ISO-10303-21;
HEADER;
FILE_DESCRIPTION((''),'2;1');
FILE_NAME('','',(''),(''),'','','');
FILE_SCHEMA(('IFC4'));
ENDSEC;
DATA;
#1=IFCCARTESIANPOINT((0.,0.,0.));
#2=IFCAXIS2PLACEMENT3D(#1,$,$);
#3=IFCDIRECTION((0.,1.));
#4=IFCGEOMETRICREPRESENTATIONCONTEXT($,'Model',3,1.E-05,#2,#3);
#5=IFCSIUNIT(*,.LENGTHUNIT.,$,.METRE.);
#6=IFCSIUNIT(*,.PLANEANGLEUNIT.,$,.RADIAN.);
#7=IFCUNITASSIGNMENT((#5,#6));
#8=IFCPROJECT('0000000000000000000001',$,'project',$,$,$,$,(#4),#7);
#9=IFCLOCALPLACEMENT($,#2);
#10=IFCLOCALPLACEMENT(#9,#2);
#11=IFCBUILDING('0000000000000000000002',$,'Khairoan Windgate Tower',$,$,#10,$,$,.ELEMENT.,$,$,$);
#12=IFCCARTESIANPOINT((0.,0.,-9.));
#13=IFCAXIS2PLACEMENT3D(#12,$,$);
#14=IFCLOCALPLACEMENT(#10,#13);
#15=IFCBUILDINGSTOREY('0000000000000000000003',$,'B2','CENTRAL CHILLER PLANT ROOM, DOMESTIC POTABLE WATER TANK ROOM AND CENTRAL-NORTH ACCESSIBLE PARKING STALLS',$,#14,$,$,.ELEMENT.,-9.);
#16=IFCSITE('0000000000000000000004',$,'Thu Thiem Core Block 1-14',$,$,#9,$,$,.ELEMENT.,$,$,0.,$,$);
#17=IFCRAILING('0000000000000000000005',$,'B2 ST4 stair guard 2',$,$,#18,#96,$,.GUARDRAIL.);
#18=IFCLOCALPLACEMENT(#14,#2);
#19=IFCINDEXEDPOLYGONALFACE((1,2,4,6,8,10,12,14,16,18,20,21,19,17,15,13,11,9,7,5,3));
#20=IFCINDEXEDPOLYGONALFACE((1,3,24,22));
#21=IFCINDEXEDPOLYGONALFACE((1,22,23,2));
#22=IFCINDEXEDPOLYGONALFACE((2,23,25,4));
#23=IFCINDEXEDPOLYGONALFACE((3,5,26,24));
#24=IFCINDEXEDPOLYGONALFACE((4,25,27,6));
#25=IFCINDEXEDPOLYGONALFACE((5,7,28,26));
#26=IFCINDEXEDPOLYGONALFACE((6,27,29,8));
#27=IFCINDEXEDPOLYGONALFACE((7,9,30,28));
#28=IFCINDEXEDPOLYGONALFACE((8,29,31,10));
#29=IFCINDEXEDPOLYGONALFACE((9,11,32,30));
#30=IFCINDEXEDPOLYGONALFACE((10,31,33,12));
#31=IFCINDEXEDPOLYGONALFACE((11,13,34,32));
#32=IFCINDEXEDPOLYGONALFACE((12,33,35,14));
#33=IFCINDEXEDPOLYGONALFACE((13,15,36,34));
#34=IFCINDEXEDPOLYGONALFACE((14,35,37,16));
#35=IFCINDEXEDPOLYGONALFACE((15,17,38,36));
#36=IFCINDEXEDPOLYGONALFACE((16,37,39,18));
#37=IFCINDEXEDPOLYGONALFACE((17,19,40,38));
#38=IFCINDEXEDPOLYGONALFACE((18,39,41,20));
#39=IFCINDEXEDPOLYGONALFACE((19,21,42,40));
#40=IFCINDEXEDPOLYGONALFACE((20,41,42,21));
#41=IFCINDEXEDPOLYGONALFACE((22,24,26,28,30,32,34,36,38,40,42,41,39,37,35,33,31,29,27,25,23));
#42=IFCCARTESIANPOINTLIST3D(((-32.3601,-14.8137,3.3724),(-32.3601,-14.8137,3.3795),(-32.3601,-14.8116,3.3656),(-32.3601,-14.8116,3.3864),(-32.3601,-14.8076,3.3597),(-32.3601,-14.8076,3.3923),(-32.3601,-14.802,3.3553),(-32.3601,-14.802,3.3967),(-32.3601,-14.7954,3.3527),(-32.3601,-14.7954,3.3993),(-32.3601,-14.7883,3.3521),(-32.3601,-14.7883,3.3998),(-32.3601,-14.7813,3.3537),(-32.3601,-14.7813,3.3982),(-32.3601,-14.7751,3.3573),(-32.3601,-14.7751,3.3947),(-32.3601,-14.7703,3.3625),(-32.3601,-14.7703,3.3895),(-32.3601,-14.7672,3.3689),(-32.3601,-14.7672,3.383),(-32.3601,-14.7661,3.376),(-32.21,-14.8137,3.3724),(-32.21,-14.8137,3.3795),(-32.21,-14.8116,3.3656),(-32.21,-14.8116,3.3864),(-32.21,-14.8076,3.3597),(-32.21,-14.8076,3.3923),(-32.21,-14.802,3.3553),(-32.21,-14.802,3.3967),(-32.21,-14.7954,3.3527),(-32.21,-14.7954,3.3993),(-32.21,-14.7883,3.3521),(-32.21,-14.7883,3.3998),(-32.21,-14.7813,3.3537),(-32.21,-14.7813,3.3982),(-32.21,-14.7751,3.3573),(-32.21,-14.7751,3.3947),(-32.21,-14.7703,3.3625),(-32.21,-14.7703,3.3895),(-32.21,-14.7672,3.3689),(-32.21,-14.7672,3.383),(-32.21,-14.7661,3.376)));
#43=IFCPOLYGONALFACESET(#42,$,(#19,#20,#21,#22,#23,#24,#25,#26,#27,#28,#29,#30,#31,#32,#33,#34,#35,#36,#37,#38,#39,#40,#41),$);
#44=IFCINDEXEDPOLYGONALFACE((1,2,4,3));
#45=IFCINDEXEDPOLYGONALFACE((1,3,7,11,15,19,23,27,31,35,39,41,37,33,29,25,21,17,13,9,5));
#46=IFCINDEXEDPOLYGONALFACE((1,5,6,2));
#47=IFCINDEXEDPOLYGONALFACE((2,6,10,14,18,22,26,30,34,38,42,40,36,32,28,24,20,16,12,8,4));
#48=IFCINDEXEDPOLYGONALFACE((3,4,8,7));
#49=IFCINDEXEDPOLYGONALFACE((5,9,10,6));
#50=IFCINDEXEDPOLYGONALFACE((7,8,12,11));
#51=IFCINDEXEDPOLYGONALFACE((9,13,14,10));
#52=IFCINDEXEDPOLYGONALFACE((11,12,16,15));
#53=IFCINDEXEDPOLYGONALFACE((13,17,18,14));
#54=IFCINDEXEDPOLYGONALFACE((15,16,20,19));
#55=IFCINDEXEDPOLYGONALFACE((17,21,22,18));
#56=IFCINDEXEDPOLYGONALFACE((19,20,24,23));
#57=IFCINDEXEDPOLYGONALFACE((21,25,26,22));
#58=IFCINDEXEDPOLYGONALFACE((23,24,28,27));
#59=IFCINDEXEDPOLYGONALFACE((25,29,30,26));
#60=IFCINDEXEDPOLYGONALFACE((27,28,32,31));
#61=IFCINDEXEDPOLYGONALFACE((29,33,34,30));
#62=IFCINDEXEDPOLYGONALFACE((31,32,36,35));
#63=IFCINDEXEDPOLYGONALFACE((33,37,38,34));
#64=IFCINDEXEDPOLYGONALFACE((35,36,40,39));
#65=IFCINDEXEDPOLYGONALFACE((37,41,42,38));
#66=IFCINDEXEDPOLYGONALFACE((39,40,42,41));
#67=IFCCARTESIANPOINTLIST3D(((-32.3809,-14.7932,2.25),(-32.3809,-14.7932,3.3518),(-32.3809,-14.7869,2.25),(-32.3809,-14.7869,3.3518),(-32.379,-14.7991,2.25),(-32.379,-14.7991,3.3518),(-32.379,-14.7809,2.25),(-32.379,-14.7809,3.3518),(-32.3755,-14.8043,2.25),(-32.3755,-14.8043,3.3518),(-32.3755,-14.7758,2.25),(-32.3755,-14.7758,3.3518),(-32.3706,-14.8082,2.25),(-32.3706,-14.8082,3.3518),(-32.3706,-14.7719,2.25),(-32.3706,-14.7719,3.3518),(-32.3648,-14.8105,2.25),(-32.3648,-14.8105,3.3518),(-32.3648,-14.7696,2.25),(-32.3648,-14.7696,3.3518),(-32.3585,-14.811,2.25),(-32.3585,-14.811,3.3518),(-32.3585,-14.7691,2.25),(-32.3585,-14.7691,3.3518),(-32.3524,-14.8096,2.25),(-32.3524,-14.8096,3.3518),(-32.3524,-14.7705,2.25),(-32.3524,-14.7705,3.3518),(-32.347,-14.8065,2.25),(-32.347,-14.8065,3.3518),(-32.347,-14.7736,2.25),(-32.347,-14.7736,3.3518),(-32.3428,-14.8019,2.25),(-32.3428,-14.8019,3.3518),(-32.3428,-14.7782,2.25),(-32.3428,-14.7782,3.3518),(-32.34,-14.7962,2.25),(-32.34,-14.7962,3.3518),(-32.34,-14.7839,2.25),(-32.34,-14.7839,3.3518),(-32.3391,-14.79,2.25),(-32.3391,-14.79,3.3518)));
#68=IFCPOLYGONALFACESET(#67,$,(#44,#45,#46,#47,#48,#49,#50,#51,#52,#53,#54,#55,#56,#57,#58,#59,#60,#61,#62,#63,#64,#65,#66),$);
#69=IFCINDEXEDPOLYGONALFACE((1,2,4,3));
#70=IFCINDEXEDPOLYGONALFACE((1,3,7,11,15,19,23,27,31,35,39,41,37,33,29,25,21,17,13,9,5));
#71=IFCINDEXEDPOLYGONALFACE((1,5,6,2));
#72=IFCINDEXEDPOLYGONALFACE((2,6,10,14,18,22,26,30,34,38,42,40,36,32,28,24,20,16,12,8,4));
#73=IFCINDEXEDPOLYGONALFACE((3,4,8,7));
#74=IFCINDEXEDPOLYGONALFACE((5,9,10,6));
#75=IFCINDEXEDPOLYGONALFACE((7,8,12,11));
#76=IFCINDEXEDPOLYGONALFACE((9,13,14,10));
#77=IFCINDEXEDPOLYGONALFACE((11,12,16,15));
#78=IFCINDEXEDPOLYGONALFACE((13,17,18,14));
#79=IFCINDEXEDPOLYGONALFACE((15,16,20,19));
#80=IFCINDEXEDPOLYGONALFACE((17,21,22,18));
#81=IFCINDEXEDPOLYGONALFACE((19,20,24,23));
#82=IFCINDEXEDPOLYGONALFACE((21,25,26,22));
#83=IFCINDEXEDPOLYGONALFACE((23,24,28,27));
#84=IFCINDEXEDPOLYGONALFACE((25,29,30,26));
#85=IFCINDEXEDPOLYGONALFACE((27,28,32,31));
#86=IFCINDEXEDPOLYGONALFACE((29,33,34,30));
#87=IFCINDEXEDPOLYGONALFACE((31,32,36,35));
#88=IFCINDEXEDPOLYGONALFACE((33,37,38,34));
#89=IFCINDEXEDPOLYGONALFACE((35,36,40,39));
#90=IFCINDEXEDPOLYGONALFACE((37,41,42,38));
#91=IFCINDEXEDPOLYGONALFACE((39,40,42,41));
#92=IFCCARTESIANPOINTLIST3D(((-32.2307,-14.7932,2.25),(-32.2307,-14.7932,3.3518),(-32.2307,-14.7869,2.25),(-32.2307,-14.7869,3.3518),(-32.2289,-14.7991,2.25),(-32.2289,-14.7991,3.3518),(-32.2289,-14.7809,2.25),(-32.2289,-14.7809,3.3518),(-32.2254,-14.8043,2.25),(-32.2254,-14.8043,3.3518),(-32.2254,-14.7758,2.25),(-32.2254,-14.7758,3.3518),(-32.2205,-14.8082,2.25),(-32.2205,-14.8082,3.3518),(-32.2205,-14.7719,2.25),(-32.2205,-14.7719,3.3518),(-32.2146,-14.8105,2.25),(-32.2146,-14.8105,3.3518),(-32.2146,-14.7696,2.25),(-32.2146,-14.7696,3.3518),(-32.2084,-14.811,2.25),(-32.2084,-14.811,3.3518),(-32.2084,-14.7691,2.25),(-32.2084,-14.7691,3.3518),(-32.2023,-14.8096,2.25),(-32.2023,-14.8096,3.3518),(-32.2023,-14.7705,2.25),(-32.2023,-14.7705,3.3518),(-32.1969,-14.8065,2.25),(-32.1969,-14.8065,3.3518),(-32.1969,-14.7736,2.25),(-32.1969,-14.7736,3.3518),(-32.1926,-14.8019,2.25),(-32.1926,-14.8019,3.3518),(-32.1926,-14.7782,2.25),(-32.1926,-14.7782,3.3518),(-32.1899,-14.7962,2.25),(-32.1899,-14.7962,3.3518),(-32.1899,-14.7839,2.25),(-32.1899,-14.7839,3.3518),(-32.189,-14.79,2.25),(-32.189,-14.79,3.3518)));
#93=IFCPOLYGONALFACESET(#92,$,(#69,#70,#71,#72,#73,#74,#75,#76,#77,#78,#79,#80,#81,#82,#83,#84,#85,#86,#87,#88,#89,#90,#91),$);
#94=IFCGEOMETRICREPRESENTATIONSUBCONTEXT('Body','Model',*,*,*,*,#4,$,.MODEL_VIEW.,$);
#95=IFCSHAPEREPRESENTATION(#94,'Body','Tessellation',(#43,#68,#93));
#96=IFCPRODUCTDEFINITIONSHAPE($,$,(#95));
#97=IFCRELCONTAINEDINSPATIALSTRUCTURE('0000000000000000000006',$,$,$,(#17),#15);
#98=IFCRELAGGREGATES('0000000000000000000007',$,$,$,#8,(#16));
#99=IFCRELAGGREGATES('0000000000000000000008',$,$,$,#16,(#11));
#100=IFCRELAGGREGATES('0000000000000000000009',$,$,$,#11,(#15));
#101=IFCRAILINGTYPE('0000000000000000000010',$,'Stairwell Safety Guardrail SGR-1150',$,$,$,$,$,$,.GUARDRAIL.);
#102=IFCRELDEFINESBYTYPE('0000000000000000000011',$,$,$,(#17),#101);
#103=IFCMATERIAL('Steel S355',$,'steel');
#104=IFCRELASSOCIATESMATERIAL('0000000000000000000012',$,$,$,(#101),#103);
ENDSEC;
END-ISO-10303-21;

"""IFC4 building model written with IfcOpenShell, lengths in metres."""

from ifc_helpers import new_model, si_unit, direction, frame, origin, origin_2d, place, context, subcontext, project, spatial, circle, extrude, material, type_object, element, save


model = new_model("IFC4")

# Units and contexts
model_context = context("Model", 3, precision=1e-05, world=origin(), true_north=direction((0.0, 1.0)))
body_context = subcontext(model_context, "Body", "Model", "MODEL_VIEW")
ifc_project = project(units=[si_unit("LENGTHUNIT", "METRE"), si_unit("PLANEANGLEUNIT", "RADIAN")], contexts=[model_context])

# Site, building, storey
site_placement = place(None, origin())
site = spatial("IfcSite", under=ifc_project, at=site_placement, Name="Thu Thiem Core Block 1-14", CompositionType="ELEMENT", RefElevation=0.0)
building_placement = place(site_placement, origin())
building = spatial("IfcBuilding", under=site, at=building_placement, Name="Khairoan Windgate Tower", CompositionType="ELEMENT")
storey_placement = place(building_placement, frame((0.0, 0.0, -9.0)))
storey = spatial("IfcBuildingStorey", under=building, at=storey_placement, Name="B2", Description="CENTRAL CHILLER PLANT ROOM, DOMESTIC POTABLE WATER TANK ROOM AND CENTRAL-NORTH ACCESSIBLE PARKING STALLS", CompositionType="ELEMENT", Elevation=-9.0)

# Railing
ifc_material_1 = material(Name="Steel S355", Category="steel")
railing_type_1 = type_object("IfcRailingType", Name="Stairwell Safety Guardrail SGR-1150", PredefinedType="GUARDRAIL", material=ifc_material_1)
railing_1_placement = place(storey_placement, frame((-32.3601, -14.79, 2.25)))
element("IfcRailing", 1, at=railing_1_placement, inside=storey, type_object=railing_type_1, Name="B2 ST4 stair guard 2", PredefinedType="GUARDRAIL", context=body_context, shape_type="SweptSolid", body=[
    extrude(circle(Radius=0.0239, at=origin_2d()), frame((0.0, 0.0, 1.126), z_axis=(1.0, 0.0, 0.0), x_axis=(0.0, 1.0, 0.0)), (0.0, 0.0, 1.0), 0.1501),
    extrude(circle(Radius=0.021, at=origin_2d()), origin(), (0.0, 0.0, 1.0), 1.1018),
    extrude(circle(Radius=0.021, at=origin_2d()), frame((0.1501, 0.0, 0.0)), (0.0, 0.0, 1.0), 1.1018),
])

save(model, "model.ifc")
